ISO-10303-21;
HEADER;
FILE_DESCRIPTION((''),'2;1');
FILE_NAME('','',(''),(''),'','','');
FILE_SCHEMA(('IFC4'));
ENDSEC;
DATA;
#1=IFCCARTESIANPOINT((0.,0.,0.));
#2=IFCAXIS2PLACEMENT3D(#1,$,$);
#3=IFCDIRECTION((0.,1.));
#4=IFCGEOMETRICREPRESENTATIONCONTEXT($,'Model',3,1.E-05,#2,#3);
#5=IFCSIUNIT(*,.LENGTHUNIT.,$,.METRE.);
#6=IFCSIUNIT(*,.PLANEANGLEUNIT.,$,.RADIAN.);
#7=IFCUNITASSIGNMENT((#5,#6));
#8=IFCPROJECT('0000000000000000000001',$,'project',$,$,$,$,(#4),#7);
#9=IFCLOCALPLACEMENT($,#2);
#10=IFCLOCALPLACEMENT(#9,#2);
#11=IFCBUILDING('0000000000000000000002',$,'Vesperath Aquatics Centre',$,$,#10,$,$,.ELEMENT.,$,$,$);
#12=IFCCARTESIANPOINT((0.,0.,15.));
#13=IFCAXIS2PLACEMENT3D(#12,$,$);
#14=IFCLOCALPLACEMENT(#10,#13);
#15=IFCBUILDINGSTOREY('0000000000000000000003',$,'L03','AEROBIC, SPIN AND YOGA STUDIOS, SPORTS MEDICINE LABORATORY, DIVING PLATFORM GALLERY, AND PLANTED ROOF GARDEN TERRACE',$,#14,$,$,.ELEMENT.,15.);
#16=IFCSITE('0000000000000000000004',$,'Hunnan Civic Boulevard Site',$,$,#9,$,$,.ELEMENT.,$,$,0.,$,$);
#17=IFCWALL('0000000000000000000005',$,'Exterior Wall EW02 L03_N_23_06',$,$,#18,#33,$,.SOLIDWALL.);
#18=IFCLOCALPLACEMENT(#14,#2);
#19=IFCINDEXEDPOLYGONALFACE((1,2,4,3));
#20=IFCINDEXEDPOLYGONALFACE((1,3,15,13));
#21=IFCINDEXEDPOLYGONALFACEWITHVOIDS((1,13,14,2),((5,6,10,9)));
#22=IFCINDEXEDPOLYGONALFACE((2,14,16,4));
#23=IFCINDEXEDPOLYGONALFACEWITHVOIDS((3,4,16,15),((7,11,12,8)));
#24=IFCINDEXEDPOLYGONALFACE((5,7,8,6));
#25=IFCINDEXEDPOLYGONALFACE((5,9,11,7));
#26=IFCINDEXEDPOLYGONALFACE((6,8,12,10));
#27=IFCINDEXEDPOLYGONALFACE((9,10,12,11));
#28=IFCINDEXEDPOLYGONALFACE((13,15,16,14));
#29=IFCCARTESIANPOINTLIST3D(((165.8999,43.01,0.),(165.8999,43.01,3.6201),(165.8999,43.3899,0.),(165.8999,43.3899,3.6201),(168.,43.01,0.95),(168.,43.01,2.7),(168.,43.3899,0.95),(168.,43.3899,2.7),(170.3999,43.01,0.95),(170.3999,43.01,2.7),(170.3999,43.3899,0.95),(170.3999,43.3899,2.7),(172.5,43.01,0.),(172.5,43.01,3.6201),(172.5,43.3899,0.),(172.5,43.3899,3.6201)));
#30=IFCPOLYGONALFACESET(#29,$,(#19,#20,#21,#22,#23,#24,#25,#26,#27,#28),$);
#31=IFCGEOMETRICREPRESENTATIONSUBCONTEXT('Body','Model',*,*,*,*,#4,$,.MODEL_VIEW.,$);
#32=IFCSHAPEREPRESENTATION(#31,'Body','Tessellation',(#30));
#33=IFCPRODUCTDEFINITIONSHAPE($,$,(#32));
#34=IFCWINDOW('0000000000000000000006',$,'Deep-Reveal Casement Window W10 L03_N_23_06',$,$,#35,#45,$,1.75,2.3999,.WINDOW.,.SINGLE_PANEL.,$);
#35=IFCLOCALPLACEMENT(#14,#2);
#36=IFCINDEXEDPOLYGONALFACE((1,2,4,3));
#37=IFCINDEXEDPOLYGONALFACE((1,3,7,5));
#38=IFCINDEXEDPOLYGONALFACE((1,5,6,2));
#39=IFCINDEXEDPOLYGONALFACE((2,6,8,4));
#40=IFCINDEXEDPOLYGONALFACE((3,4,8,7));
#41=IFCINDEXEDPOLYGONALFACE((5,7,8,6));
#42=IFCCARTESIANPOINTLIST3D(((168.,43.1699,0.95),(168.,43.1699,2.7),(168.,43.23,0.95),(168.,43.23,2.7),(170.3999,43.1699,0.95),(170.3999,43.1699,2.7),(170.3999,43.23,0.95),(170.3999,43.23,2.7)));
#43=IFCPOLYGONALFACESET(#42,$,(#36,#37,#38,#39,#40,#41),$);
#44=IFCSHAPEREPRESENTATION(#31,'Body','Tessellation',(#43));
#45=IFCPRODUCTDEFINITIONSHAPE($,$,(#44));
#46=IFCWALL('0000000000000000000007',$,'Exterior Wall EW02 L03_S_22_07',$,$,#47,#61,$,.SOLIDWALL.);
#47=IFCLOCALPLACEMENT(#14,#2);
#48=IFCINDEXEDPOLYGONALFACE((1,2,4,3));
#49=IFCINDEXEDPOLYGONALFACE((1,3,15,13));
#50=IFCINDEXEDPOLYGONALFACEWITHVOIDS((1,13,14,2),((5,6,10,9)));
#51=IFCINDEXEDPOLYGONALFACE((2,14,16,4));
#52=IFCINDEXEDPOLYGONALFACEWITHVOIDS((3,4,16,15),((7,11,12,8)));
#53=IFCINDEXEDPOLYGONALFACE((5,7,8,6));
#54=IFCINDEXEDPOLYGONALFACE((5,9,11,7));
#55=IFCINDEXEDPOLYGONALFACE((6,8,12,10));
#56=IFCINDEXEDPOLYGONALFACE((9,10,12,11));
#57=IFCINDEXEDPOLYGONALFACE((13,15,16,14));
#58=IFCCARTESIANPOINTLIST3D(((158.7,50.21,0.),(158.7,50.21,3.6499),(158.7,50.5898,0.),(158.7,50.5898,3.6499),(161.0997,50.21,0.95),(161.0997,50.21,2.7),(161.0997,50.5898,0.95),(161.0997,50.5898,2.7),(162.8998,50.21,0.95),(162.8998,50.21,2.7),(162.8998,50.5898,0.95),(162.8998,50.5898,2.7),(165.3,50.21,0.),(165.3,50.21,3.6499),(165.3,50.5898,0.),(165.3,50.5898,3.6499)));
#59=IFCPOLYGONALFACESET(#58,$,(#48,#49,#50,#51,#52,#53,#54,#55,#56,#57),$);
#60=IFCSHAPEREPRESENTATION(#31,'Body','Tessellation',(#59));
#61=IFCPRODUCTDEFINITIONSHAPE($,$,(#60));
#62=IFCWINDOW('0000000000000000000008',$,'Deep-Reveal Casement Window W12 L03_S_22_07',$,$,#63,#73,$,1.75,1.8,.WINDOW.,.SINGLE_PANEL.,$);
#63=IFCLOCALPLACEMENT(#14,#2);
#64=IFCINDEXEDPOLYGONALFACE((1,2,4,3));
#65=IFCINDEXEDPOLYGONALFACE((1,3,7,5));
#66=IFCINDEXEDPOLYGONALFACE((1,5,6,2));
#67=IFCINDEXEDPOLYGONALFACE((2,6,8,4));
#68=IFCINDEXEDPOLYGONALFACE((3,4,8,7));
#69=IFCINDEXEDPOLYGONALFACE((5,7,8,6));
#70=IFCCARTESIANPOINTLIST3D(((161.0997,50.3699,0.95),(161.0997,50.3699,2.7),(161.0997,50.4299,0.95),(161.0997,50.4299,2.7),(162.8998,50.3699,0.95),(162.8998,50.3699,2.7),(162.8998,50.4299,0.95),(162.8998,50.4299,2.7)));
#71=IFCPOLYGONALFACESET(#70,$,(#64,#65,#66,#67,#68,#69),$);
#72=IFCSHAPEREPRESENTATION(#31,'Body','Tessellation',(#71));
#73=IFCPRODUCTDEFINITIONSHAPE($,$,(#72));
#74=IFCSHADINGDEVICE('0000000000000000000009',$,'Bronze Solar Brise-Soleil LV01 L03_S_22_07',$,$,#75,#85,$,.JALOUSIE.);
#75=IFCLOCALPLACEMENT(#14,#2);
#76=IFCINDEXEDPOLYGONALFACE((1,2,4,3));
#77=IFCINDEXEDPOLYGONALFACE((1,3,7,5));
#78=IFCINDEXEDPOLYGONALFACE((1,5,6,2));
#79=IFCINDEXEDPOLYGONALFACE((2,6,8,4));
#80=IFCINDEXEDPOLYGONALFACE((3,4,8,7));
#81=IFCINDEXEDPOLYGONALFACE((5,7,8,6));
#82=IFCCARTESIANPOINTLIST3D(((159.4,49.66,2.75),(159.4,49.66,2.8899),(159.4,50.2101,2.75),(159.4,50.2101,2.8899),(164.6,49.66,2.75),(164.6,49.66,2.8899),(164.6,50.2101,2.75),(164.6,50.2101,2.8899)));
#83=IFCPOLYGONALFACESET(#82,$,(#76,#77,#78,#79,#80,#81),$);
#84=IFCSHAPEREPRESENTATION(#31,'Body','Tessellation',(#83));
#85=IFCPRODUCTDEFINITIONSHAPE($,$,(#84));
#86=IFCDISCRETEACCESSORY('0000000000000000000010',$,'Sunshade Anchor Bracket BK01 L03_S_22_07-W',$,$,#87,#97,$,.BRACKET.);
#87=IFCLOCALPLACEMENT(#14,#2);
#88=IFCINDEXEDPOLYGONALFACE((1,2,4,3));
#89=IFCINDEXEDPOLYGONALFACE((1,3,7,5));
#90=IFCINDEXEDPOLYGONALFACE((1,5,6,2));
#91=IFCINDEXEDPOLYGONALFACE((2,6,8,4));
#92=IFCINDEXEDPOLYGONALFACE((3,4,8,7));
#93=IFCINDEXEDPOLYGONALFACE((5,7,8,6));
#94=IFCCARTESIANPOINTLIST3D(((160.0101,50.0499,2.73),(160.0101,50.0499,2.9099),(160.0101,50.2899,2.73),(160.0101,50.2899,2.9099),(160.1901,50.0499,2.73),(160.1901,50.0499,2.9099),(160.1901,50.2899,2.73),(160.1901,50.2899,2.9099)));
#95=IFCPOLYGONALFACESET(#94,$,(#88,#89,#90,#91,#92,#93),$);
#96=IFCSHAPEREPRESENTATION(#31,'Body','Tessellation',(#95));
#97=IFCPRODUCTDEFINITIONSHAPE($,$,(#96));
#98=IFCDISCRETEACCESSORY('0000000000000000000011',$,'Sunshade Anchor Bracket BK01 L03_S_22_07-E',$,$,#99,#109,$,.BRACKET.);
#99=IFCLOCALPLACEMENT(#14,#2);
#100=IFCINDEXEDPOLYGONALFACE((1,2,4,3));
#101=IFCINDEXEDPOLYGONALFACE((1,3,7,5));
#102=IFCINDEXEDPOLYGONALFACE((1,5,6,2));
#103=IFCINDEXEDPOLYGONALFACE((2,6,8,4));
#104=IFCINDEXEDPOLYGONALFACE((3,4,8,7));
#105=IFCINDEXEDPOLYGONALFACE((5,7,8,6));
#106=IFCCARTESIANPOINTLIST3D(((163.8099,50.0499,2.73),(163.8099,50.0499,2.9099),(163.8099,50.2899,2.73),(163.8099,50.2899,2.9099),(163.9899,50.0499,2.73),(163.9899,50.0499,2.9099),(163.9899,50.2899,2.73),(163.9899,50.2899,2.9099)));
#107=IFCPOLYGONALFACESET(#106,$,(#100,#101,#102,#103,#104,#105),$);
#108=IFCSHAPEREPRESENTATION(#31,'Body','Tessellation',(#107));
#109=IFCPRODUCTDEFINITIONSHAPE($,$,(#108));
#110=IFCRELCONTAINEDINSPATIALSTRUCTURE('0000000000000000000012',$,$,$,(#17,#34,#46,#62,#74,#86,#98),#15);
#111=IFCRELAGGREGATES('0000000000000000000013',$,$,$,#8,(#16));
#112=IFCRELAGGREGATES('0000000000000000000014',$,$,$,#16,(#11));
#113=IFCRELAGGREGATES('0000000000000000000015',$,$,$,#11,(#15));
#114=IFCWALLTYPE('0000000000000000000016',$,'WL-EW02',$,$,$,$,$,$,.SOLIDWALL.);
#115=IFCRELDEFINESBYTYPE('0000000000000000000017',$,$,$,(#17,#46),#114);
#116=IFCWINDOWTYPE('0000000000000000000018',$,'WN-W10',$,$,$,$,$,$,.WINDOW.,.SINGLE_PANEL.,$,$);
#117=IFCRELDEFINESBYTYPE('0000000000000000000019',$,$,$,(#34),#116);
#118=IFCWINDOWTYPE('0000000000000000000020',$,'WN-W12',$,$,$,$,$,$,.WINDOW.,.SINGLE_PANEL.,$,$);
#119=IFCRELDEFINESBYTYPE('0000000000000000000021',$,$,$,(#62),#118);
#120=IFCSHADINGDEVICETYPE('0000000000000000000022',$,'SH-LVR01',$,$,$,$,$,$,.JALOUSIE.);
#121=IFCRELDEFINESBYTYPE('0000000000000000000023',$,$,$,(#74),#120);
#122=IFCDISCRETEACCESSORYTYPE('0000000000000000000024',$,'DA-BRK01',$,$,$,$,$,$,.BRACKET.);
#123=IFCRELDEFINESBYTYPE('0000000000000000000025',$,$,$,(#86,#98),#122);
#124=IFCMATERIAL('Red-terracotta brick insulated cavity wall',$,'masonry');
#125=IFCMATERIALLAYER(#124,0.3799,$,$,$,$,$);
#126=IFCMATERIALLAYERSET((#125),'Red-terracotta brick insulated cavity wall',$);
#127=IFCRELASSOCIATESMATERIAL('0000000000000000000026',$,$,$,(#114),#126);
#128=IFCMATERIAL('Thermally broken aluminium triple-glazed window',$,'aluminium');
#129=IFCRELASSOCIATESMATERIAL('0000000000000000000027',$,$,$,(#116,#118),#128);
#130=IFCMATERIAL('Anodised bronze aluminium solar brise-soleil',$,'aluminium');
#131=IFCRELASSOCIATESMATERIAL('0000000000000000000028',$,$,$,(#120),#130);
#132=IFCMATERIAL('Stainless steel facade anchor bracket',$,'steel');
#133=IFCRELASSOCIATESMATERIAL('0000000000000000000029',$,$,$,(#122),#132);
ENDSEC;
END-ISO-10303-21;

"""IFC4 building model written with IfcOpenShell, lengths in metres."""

from ifc_helpers import new_model, si_unit, direction, frame, frame_2d, origin, origin_2d, place, context, subcontext, project, spatial, rectangle, extrude, material, layer, layer_set, type_object, element, fill, save


model = new_model("IFC4")

# Units and contexts
model_context = context("Model", 3, precision=1e-05, world=origin(), true_north=direction((0.0, 1.0)))
body_context = subcontext(model_context, "Body", "Model", "MODEL_VIEW")
ifc_project = project(units=[si_unit("LENGTHUNIT", "METRE"), si_unit("PLANEANGLEUNIT", "RADIAN")], contexts=[model_context])

# Site, building, storey
site_placement = place(None, origin())
site = spatial("IfcSite", under=ifc_project, at=site_placement, Name="Hunnan Civic Boulevard Site", CompositionType="ELEMENT", RefElevation=0.0)
building_placement = place(site_placement, origin())
building = spatial("IfcBuilding", under=site, at=building_placement, Name="Vesperath Aquatics Centre", CompositionType="ELEMENT")
storey_placement = place(building_placement, frame((0.0, 0.0, 15.0)))
storey = spatial("IfcBuildingStorey", under=building, at=storey_placement, Name="L03", Description="AEROBIC, SPIN AND YOGA STUDIOS, SPORTS MEDICINE LABORATORY, DIVING PLATFORM GALLERY, AND PLANTED ROOF GARDEN TERRACE", CompositionType="ELEMENT", Elevation=15.0)

# Walls, openings, windows
ifc_material_1 = material(Name="Red-terracotta brick insulated cavity wall", Category="masonry")
ifc_layer_1 = layer(ifc_material_1, 0.3799)
ifc_layer_set_1 = layer_set([ifc_layer_1], Name="Red-terracotta brick insulated cavity wall")
wall_type = type_object("IfcWallType", Name="WL-EW02", PredefinedType="SOLIDWALL", material=ifc_layer_set_1)
ifc_material_2 = material(Name="Thermally broken aluminium triple-glazed window", Category="aluminium")
wall_1_placement = place(storey_placement, frame((165.8999, 43.2, 0.0), z_axis=(0.0, 0.0, 1.0), x_axis=(1.0, 0.0, 0.0)))
wall_1 = element("IfcWall", 1, at=wall_1_placement, inside=storey, type_object=wall_type, Name="Exterior Wall EW02 L03_N_23_06", PredefinedType="SOLIDWALL", context=body_context, shape_type="SweptSolid", body=[
    extrude(rectangle(XDim=6.6001, YDim=0.3799, at=frame_2d((3.3, 0.0))), origin(), (0.0, 0.0, 1.0), 3.6201),
])
opening_1_placement = place(wall_1_placement, frame((2.1001, 0.0, 0.95)))
opening_1 = element("IfcOpeningElement", 2, at=opening_1_placement, cuts=wall_1, PredefinedType="OPENING", context=body_context, shape_type="SweptSolid", body=[
    extrude(rectangle(XDim=2.3999, YDim=1.75, at=frame_2d((1.2, 0.875))), frame((0.0, 0.2048, 0.0), z_axis=(0.0, -1.0, 0.0), x_axis=(1.0, 0.0, 0.0)), (0.0, 0.0, 1.0), 0.4097),
])
window_type_1 = type_object("IfcWindowType", Name="WN-W10", PartitioningType="SINGLE_PANEL", PredefinedType="WINDOW", material=ifc_material_2)
window_1_placement = place(opening_1_placement, origin())
window_1 = element("IfcWindow", 3, at=window_1_placement, inside=storey, type_object=window_type_1, Name="Deep-Reveal Casement Window W10 L03_N_23_06", OverallHeight=1.75, OverallWidth=2.3999, PartitioningType="SINGLE_PANEL", PredefinedType="WINDOW", context=body_context, shape_type="SweptSolid", body=[
    extrude(rectangle(XDim=2.3999, YDim=1.75, at=frame_2d((1.2, 0.875))), frame((0.0, 0.03, 0.0), z_axis=(0.0, -1.0, 0.0), x_axis=(1.0, 0.0, 0.0)), (0.0, 0.0, 1.0), 0.0601),
])
fill(opening_1, window_1)
wall_2_placement = place(storey_placement, frame((158.7, 50.3999, 0.0), z_axis=(0.0, 0.0, 1.0), x_axis=(1.0, 0.0, 0.0)))
wall_2 = element("IfcWall", 4, at=wall_2_placement, inside=storey, type_object=wall_type, Name="Exterior Wall EW02 L03_S_22_07", PredefinedType="SOLIDWALL", context=body_context, shape_type="SweptSolid", body=[
    extrude(rectangle(XDim=6.6001, YDim=0.3799, at=frame_2d((3.3, 0.0))), origin(), (0.0, 0.0, 1.0), 3.6499),
])
opening_2_placement = place(wall_2_placement, frame((2.3999, 0.0, 0.95)))
opening_2 = element("IfcOpeningElement", 5, at=opening_2_placement, cuts=wall_2, PredefinedType="OPENING", context=body_context, shape_type="SweptSolid", body=[
    extrude(rectangle(XDim=1.8, YDim=1.75, at=frame_2d((0.8999, 0.875))), frame((0.0, 0.2048, 0.0), z_axis=(0.0, -1.0, 0.0), x_axis=(1.0, 0.0, 0.0)), (0.0, 0.0, 1.0), 0.4097),
])
window_type_2 = type_object("IfcWindowType", Name="WN-W12", PartitioningType="SINGLE_PANEL", PredefinedType="WINDOW", material=ifc_material_2)
window_2_placement = place(opening_2_placement, origin())
window_2 = element("IfcWindow", 6, at=window_2_placement, inside=storey, type_object=window_type_2, Name="Deep-Reveal Casement Window W12 L03_S_22_07", OverallHeight=1.75, OverallWidth=1.8, PartitioningType="SINGLE_PANEL", PredefinedType="WINDOW", context=body_context, shape_type="SweptSolid", body=[
    extrude(rectangle(XDim=1.8, YDim=1.75, at=frame_2d((0.8999, 0.875))), frame((0.0, 0.03, 0.0), z_axis=(0.0, -1.0, 0.0), x_axis=(1.0, 0.0, 0.0)), (0.0, 0.0, 1.0), 0.0601),
])
fill(opening_2, window_2)

# Shading device
ifc_material_3 = material(Name="Anodised bronze aluminium solar brise-soleil", Category="aluminium")
shading_device_type = type_object("IfcShadingDeviceType", Name="SH-LVR01", PredefinedType="JALOUSIE", material=ifc_material_3)
shading_device_placement = place(storey_placement, frame((162.0, 49.9351, 2.75), z_axis=(0.0, 0.0, 1.0), x_axis=(1.0, 0.0, 0.0)))
element("IfcShadingDevice", 7, at=shading_device_placement, inside=storey, type_object=shading_device_type, Name="Bronze Solar Brise-Soleil LV01 L03_S_22_07", PredefinedType="JALOUSIE", context=body_context, shape_type="SweptSolid", body=[
    extrude(rectangle(XDim=5.2, YDim=0.55, at=origin_2d()), origin(), (0.0, 0.0, 1.0), 0.1399),
])

# Discrete accessories
ifc_material_4 = material(Name="Stainless steel facade anchor bracket", Category="steel")
discrete_accessory_type = type_object("IfcDiscreteAccessoryType", Name="DA-BRK01", PredefinedType="BRACKET", material=ifc_material_4)
for number, where, z_axis, x_axis, name in (
    (8, (160.1001, 50.1699, 2.73), (0.0, 0.0, 1.0), (1.0, 0.0, 0.0), "Sunshade Anchor Bracket BK01 L03_S_22_07-W"),
    (9, (163.8999, 50.1699, 2.73), (0.0, 0.0, 1.0), (1.0, 0.0, 0.0), "Sunshade Anchor Bracket BK01 L03_S_22_07-E"),
):
    element("IfcDiscreteAccessory", number, at=place(storey_placement, frame(where, z_axis=z_axis, x_axis=x_axis)), inside=storey, type_object=discrete_accessory_type, Name=name, PredefinedType="BRACKET", context=body_context, shape_type="SweptSolid", body=[
        extrude(rectangle(XDim=0.1799, YDim=0.24, at=origin_2d()), origin(), (0.0, 0.0, 1.0), 0.1799),
    ])

save(model, "model.ifc")
